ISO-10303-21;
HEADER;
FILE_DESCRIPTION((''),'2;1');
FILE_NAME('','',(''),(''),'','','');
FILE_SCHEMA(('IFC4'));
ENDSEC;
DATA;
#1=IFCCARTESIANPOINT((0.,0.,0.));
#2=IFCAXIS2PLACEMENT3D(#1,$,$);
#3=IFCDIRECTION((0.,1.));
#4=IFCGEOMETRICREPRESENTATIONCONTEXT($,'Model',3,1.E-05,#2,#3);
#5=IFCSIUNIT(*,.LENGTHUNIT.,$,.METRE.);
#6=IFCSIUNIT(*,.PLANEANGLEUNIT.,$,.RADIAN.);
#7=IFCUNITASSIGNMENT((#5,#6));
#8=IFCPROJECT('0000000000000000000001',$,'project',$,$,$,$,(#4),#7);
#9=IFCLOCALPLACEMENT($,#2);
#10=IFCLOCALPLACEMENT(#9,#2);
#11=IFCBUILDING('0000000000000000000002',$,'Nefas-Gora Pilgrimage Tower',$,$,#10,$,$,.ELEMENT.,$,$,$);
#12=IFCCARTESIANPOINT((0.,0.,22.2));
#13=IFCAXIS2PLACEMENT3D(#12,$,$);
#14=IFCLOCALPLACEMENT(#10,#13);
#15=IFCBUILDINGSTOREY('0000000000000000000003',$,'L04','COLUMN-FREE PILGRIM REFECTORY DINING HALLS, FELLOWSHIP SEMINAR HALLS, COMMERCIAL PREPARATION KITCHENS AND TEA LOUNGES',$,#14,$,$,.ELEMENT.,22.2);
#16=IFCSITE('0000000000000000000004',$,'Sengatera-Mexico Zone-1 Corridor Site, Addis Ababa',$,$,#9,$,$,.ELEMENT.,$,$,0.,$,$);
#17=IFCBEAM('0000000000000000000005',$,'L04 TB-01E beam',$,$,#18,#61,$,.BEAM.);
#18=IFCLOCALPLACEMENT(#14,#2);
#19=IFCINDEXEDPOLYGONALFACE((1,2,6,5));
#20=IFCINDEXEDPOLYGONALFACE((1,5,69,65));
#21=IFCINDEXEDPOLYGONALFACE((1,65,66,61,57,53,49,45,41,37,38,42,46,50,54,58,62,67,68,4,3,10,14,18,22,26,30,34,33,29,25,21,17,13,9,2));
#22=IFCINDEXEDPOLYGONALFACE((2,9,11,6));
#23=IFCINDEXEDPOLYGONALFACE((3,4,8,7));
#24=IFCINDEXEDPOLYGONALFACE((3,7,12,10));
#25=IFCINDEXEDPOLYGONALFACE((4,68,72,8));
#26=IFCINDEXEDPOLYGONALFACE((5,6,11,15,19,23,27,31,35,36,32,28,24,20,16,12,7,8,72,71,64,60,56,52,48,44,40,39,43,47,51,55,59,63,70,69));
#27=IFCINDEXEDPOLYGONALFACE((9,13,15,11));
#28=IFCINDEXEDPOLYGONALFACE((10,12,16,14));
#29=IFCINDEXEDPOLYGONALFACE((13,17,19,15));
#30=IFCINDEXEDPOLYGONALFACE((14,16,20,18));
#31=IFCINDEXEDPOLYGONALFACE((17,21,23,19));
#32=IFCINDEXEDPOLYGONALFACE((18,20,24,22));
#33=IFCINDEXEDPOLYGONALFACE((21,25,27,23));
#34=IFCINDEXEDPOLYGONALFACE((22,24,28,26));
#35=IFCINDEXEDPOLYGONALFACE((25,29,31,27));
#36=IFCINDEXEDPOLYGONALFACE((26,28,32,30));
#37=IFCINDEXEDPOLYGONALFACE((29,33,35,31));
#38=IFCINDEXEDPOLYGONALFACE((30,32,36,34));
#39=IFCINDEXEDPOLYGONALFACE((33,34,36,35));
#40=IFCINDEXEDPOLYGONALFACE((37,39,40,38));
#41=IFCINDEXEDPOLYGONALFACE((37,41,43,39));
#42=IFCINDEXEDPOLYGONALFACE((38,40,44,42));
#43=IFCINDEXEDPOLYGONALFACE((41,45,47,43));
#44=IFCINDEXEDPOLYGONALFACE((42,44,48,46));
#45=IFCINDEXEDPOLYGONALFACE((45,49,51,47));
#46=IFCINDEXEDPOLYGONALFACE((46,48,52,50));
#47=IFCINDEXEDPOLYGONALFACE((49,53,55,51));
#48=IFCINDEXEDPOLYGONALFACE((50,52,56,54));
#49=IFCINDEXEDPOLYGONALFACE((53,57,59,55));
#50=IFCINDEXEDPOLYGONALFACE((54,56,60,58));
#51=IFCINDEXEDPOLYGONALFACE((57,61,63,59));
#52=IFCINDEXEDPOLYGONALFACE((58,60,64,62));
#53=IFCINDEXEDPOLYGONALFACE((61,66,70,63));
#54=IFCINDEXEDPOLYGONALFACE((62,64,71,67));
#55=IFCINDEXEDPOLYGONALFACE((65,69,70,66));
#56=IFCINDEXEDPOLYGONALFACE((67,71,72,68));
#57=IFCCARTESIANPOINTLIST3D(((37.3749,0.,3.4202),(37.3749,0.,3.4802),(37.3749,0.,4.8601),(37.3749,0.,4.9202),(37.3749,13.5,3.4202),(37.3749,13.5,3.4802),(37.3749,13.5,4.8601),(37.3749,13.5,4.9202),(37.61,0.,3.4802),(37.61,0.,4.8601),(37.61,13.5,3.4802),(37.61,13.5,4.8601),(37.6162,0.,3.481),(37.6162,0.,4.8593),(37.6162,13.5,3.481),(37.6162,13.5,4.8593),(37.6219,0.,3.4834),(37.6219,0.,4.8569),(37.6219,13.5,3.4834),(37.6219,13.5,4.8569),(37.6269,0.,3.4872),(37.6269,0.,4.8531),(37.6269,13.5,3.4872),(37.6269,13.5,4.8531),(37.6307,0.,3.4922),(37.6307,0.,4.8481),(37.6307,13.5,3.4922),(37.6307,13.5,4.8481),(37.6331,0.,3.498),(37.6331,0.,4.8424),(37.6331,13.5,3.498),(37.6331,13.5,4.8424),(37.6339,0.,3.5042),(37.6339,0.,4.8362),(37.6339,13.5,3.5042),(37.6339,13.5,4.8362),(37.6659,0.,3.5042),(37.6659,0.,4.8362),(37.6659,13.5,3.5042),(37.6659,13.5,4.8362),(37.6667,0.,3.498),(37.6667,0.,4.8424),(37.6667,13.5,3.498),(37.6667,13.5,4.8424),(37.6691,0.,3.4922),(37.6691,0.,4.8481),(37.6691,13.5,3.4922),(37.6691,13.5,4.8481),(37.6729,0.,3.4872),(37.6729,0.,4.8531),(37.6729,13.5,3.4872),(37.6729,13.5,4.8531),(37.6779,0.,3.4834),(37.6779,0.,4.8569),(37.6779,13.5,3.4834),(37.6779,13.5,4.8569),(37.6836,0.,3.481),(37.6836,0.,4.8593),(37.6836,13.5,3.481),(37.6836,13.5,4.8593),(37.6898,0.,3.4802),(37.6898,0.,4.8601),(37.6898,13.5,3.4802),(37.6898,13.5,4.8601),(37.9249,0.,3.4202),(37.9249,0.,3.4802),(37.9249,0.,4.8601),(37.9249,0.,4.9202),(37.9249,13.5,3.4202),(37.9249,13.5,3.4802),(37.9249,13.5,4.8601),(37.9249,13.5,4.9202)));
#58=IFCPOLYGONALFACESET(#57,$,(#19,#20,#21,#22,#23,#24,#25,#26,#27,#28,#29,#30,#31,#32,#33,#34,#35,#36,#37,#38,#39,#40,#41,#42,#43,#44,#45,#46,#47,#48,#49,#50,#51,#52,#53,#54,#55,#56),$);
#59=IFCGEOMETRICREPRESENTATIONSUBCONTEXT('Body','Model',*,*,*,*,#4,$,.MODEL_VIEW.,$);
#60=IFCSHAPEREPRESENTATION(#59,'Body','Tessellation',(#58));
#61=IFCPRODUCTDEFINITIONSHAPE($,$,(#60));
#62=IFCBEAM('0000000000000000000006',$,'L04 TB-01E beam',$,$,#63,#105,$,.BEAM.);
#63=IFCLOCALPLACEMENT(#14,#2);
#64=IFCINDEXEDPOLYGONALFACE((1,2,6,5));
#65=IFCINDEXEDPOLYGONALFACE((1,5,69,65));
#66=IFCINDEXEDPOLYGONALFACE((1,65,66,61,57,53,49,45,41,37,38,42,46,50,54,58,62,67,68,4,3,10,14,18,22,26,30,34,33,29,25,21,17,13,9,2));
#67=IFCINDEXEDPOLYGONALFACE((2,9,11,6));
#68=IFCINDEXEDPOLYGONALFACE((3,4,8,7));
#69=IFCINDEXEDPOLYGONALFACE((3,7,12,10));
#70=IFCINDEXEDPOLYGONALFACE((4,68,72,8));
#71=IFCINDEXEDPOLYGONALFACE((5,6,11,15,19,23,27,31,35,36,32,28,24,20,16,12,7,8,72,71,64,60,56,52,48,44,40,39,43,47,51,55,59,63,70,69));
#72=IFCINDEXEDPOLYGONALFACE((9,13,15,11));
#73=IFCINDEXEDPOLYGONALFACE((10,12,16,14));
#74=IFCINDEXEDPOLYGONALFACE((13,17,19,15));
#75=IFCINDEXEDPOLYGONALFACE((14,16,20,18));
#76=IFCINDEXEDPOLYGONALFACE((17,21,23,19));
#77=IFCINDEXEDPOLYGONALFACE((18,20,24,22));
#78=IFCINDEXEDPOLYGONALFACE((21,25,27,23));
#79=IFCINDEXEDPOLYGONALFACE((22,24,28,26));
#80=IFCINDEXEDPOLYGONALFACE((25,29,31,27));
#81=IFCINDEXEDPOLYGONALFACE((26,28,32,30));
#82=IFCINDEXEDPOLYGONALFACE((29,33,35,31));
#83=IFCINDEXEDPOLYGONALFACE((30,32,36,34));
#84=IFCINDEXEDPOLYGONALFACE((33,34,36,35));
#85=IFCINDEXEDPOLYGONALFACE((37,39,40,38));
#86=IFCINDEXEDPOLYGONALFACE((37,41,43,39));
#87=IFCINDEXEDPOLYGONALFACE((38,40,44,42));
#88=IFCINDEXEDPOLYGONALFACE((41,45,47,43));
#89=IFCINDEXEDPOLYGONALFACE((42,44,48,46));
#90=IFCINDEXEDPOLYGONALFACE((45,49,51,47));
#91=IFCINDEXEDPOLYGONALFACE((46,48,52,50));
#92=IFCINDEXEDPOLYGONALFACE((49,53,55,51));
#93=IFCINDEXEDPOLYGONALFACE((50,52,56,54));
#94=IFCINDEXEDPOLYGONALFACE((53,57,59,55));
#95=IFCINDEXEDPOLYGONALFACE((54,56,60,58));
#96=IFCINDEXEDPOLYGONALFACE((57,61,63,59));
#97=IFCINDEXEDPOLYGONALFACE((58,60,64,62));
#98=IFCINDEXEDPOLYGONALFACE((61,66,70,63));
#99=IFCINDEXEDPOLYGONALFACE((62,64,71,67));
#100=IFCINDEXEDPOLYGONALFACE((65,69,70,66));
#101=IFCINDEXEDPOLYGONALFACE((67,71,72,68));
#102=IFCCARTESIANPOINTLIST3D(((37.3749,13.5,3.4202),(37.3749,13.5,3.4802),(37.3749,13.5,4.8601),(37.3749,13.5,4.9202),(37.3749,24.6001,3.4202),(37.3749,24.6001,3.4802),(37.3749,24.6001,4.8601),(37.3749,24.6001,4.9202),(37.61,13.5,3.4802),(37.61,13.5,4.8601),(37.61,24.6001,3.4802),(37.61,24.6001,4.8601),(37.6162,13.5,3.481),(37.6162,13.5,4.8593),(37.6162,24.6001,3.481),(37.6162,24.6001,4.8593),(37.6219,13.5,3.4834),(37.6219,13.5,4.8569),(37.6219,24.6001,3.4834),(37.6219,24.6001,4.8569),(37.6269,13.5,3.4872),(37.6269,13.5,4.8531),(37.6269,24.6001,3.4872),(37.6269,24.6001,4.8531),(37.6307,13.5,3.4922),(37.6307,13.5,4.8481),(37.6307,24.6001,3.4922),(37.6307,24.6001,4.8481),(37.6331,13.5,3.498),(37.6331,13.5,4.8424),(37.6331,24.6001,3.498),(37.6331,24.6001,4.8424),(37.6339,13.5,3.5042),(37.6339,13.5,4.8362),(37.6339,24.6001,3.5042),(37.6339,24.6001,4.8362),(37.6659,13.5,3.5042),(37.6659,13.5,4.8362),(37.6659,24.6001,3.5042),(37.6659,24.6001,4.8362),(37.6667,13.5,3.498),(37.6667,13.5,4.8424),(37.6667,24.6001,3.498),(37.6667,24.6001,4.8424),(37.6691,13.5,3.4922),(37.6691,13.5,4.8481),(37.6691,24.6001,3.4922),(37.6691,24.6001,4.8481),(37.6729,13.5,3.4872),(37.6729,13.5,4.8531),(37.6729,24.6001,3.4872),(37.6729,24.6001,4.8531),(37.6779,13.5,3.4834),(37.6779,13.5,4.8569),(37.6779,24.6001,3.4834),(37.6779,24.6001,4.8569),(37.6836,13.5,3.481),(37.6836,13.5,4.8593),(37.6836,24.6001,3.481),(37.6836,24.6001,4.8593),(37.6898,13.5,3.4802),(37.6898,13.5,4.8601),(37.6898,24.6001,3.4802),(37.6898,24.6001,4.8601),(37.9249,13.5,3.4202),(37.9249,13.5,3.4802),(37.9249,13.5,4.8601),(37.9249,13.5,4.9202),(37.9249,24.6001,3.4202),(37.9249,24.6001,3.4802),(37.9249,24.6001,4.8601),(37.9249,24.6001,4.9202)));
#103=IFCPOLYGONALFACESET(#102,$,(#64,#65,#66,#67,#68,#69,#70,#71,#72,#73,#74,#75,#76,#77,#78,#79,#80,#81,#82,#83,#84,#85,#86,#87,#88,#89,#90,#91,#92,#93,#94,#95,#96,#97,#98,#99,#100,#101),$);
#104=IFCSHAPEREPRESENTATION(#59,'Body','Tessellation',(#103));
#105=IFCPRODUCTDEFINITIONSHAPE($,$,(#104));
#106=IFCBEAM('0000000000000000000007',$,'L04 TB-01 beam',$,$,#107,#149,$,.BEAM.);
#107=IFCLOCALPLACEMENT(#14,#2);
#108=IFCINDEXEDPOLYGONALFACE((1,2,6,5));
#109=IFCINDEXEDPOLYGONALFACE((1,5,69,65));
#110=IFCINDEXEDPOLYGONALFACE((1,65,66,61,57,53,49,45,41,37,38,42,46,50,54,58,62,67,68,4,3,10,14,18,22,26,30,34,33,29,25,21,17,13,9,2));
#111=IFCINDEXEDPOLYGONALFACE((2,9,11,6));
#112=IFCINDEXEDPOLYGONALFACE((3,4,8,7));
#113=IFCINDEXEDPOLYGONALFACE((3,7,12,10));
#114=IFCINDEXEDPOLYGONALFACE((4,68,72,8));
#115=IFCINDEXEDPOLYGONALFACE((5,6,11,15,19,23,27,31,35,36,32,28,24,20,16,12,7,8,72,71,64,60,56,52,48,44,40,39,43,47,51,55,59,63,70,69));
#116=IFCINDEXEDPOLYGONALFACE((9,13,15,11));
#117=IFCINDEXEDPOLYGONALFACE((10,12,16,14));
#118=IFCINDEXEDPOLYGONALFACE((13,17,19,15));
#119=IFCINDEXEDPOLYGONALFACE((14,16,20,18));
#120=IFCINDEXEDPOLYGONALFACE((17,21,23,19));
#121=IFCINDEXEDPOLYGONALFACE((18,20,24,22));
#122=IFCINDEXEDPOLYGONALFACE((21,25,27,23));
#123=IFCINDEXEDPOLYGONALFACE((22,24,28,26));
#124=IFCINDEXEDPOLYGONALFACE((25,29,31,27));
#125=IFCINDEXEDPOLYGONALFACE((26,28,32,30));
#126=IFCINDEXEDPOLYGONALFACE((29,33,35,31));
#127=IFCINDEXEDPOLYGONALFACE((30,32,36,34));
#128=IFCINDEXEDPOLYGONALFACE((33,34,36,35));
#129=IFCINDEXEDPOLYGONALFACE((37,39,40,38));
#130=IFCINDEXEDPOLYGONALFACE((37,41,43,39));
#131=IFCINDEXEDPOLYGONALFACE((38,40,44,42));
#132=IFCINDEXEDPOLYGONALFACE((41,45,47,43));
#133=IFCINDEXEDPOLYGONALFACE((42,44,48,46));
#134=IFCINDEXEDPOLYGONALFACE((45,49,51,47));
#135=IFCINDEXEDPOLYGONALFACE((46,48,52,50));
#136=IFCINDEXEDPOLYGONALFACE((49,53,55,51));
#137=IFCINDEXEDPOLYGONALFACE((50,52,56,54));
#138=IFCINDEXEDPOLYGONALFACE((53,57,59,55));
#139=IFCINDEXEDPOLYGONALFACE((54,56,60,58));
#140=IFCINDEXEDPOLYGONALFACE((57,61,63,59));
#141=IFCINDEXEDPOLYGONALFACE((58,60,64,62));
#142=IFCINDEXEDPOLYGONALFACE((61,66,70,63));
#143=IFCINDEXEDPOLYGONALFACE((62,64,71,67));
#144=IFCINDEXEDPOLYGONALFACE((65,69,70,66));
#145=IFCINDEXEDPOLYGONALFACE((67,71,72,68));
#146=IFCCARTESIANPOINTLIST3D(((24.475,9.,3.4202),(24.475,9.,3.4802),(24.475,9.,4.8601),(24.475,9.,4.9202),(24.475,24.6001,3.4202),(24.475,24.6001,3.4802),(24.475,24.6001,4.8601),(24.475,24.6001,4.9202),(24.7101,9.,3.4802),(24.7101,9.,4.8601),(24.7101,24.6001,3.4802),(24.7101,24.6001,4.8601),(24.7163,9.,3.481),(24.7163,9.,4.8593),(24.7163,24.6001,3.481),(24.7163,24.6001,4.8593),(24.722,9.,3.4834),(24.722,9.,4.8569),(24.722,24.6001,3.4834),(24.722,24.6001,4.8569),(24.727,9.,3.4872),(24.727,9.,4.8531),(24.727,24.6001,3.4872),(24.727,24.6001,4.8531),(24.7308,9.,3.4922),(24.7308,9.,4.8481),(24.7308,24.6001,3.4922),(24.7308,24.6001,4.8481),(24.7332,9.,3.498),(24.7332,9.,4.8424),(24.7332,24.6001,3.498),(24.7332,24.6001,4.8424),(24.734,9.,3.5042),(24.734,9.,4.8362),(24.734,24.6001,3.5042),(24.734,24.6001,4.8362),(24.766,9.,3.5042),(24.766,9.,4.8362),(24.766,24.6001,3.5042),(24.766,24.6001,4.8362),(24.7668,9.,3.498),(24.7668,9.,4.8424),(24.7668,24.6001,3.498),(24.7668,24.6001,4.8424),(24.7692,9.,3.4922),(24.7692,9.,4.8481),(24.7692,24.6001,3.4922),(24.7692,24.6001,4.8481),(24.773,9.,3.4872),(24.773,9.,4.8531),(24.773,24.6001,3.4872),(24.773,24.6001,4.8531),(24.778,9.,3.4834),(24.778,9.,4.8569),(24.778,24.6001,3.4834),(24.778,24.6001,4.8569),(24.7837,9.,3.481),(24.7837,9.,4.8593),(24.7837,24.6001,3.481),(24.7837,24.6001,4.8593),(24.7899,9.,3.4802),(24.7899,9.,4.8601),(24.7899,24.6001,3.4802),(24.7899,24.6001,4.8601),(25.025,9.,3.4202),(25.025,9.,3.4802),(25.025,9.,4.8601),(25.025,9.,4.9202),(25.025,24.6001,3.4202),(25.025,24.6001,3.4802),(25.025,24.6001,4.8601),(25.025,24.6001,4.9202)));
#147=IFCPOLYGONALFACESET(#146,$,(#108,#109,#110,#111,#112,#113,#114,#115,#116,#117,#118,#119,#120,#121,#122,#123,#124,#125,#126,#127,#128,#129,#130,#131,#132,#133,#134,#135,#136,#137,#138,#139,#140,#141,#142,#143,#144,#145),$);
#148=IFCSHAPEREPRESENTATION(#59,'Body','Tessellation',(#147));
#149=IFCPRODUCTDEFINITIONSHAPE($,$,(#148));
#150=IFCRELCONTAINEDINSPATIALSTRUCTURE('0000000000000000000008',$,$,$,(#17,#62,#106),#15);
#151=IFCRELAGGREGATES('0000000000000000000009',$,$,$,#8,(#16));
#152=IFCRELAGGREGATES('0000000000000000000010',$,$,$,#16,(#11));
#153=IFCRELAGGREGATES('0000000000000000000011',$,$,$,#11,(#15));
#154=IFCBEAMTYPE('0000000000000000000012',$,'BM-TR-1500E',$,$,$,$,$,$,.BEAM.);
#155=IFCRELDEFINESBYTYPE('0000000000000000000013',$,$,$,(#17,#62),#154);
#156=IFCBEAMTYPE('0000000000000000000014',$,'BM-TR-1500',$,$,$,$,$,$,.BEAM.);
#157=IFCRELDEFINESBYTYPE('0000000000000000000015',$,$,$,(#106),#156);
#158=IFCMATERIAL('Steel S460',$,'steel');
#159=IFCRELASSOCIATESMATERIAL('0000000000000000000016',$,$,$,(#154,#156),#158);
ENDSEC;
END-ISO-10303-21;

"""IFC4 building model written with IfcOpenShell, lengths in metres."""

from ifc_helpers import new_model, si_unit, direction, frame, origin, origin_2d, place, context, subcontext, project, spatial, i_section, extrude, source, transform, mapped, material, material_profile, profile_set, type_object, element, save


model = new_model("IFC4")

# Units and contexts
model_context = context("Model", 3, precision=1e-05, world=origin(), true_north=direction((0.0, 1.0)))
body_context = subcontext(model_context, "Body", "Model", "MODEL_VIEW")
ifc_project = project(units=[si_unit("LENGTHUNIT", "METRE"), si_unit("PLANEANGLEUNIT", "RADIAN")], contexts=[model_context])

# Site, building, storey
site_placement = place(None, origin())
site = spatial("IfcSite", under=ifc_project, at=site_placement, Name="Sengatera-Mexico Zone-1 Corridor Site, Addis Ababa", CompositionType="ELEMENT", RefElevation=0.0)
building_placement = place(site_placement, origin())
building = spatial("IfcBuilding", under=site, at=building_placement, Name="Nefas-Gora Pilgrimage Tower", CompositionType="ELEMENT")
storey_placement = place(building_placement, frame((0.0, 0.0, 22.2)))
storey = spatial("IfcBuildingStorey", under=building, at=storey_placement, Name="L04", Description="COLUMN-FREE PILGRIM REFECTORY DINING HALLS, FELLOWSHIP SEMINAR HALLS, COMMERCIAL PREPARATION KITCHENS AND TEA LOUNGES", CompositionType="ELEMENT", Elevation=22.2)

# Shared definitions
ifc_material_1 = material(Name="Steel S460", Category="steel")

# Beams
ifc_material_profile_1 = material_profile(ifc_material_1, i_section(OverallWidth=0.55, OverallDepth=1.5, WebThickness=0.032, FlangeThickness=0.0601, FilletRadius=0.0239, at=origin_2d()), Name="WPG 1500x550x32x60")
ifc_profile_set_1 = profile_set([ifc_material_profile_1], Name="Steel S460")
beam_type_1 = type_object("IfcBeamType", Name="BM-TR-1500E", PredefinedType="BEAM", material=ifc_profile_set_1)
shared_shape_1 = source(origin(), body_context, "Body", "SweptSolid", [
    extrude(i_section(OverallWidth=0.55, OverallDepth=1.5, WebThickness=0.032, FlangeThickness=0.0601, FilletRadius=0.0239, at=origin_2d()), origin(), (0.0, 0.0, 1.0), 13.5),
])
beam_1_placement = place(storey_placement, frame((37.6499, 0.0, 4.1702), z_axis=(0.0, 1.0, 0.0), x_axis=(-1.0, 0.0, 0.0)))
element("IfcBeam", 1, at=beam_1_placement, inside=storey, type_object=beam_type_1, Name="L04 TB-01E beam", PredefinedType="BEAM", context=body_context, shape_type="MappedRepresentation", body=[
    mapped(shared_shape_1, transform((0.0, 0.0, 0.0), x_axis=(1.0, 0.0, 0.0), y_axis=(0.0, 1.0, 0.0), z_axis=(0.0, 0.0, 1.0), scale=1.0)),
])
shared_shape_2 = source(origin(), body_context, "Body", "SweptSolid", [
    extrude(i_section(OverallWidth=0.55, OverallDepth=1.5, WebThickness=0.032, FlangeThickness=0.0601, FilletRadius=0.0239, at=origin_2d()), origin(), (0.0, 0.0, 1.0), 11.1001),
])
beam_2_placement = place(storey_placement, frame((37.6499, 13.5, 4.1702), z_axis=(0.0, 1.0, 0.0), x_axis=(-1.0, 0.0, 0.0)))
element("IfcBeam", 2, at=beam_2_placement, inside=storey, type_object=beam_type_1, Name="L04 TB-01E beam", PredefinedType="BEAM", context=body_context, shape_type="MappedRepresentation", body=[
    mapped(shared_shape_2, transform((0.0, 0.0, 0.0), x_axis=(1.0, 0.0, 0.0), y_axis=(0.0, 1.0, 0.0), z_axis=(0.0, 0.0, 1.0), scale=1.0)),
])
ifc_material_profile_2 = material_profile(ifc_material_1, i_section(OverallWidth=0.55, OverallDepth=1.5, WebThickness=0.032, FlangeThickness=0.0601, FilletRadius=0.0239, at=origin_2d()), Name="WPG 1500x550x32x60")
ifc_profile_set_2 = profile_set([ifc_material_profile_2], Name="Steel S460")
beam_type_2 = type_object("IfcBeamType", Name="BM-TR-1500", PredefinedType="BEAM", material=ifc_profile_set_2)
shared_shape_3 = source(origin(), body_context, "Body", "SweptSolid", [
    extrude(i_section(OverallWidth=0.55, OverallDepth=1.5, WebThickness=0.032, FlangeThickness=0.0601, FilletRadius=0.0239, at=origin_2d()), origin(), (0.0, 0.0, 1.0), 15.6001),
])
beam_3_placement = place(storey_placement, frame((24.75, 9.0, 4.1702), z_axis=(0.0, 1.0, 0.0), x_axis=(-1.0, 0.0, 0.0)))
element("IfcBeam", 3, at=beam_3_placement, inside=storey, type_object=beam_type_2, Name="L04 TB-01 beam", PredefinedType="BEAM", context=body_context, shape_type="MappedRepresentation", body=[
    mapped(shared_shape_3, transform((0.0, 0.0, 0.0), x_axis=(1.0, 0.0, 0.0), y_axis=(0.0, 1.0, 0.0), z_axis=(0.0, 0.0, 1.0), scale=1.0)),
])

save(model, "model.ifc")
